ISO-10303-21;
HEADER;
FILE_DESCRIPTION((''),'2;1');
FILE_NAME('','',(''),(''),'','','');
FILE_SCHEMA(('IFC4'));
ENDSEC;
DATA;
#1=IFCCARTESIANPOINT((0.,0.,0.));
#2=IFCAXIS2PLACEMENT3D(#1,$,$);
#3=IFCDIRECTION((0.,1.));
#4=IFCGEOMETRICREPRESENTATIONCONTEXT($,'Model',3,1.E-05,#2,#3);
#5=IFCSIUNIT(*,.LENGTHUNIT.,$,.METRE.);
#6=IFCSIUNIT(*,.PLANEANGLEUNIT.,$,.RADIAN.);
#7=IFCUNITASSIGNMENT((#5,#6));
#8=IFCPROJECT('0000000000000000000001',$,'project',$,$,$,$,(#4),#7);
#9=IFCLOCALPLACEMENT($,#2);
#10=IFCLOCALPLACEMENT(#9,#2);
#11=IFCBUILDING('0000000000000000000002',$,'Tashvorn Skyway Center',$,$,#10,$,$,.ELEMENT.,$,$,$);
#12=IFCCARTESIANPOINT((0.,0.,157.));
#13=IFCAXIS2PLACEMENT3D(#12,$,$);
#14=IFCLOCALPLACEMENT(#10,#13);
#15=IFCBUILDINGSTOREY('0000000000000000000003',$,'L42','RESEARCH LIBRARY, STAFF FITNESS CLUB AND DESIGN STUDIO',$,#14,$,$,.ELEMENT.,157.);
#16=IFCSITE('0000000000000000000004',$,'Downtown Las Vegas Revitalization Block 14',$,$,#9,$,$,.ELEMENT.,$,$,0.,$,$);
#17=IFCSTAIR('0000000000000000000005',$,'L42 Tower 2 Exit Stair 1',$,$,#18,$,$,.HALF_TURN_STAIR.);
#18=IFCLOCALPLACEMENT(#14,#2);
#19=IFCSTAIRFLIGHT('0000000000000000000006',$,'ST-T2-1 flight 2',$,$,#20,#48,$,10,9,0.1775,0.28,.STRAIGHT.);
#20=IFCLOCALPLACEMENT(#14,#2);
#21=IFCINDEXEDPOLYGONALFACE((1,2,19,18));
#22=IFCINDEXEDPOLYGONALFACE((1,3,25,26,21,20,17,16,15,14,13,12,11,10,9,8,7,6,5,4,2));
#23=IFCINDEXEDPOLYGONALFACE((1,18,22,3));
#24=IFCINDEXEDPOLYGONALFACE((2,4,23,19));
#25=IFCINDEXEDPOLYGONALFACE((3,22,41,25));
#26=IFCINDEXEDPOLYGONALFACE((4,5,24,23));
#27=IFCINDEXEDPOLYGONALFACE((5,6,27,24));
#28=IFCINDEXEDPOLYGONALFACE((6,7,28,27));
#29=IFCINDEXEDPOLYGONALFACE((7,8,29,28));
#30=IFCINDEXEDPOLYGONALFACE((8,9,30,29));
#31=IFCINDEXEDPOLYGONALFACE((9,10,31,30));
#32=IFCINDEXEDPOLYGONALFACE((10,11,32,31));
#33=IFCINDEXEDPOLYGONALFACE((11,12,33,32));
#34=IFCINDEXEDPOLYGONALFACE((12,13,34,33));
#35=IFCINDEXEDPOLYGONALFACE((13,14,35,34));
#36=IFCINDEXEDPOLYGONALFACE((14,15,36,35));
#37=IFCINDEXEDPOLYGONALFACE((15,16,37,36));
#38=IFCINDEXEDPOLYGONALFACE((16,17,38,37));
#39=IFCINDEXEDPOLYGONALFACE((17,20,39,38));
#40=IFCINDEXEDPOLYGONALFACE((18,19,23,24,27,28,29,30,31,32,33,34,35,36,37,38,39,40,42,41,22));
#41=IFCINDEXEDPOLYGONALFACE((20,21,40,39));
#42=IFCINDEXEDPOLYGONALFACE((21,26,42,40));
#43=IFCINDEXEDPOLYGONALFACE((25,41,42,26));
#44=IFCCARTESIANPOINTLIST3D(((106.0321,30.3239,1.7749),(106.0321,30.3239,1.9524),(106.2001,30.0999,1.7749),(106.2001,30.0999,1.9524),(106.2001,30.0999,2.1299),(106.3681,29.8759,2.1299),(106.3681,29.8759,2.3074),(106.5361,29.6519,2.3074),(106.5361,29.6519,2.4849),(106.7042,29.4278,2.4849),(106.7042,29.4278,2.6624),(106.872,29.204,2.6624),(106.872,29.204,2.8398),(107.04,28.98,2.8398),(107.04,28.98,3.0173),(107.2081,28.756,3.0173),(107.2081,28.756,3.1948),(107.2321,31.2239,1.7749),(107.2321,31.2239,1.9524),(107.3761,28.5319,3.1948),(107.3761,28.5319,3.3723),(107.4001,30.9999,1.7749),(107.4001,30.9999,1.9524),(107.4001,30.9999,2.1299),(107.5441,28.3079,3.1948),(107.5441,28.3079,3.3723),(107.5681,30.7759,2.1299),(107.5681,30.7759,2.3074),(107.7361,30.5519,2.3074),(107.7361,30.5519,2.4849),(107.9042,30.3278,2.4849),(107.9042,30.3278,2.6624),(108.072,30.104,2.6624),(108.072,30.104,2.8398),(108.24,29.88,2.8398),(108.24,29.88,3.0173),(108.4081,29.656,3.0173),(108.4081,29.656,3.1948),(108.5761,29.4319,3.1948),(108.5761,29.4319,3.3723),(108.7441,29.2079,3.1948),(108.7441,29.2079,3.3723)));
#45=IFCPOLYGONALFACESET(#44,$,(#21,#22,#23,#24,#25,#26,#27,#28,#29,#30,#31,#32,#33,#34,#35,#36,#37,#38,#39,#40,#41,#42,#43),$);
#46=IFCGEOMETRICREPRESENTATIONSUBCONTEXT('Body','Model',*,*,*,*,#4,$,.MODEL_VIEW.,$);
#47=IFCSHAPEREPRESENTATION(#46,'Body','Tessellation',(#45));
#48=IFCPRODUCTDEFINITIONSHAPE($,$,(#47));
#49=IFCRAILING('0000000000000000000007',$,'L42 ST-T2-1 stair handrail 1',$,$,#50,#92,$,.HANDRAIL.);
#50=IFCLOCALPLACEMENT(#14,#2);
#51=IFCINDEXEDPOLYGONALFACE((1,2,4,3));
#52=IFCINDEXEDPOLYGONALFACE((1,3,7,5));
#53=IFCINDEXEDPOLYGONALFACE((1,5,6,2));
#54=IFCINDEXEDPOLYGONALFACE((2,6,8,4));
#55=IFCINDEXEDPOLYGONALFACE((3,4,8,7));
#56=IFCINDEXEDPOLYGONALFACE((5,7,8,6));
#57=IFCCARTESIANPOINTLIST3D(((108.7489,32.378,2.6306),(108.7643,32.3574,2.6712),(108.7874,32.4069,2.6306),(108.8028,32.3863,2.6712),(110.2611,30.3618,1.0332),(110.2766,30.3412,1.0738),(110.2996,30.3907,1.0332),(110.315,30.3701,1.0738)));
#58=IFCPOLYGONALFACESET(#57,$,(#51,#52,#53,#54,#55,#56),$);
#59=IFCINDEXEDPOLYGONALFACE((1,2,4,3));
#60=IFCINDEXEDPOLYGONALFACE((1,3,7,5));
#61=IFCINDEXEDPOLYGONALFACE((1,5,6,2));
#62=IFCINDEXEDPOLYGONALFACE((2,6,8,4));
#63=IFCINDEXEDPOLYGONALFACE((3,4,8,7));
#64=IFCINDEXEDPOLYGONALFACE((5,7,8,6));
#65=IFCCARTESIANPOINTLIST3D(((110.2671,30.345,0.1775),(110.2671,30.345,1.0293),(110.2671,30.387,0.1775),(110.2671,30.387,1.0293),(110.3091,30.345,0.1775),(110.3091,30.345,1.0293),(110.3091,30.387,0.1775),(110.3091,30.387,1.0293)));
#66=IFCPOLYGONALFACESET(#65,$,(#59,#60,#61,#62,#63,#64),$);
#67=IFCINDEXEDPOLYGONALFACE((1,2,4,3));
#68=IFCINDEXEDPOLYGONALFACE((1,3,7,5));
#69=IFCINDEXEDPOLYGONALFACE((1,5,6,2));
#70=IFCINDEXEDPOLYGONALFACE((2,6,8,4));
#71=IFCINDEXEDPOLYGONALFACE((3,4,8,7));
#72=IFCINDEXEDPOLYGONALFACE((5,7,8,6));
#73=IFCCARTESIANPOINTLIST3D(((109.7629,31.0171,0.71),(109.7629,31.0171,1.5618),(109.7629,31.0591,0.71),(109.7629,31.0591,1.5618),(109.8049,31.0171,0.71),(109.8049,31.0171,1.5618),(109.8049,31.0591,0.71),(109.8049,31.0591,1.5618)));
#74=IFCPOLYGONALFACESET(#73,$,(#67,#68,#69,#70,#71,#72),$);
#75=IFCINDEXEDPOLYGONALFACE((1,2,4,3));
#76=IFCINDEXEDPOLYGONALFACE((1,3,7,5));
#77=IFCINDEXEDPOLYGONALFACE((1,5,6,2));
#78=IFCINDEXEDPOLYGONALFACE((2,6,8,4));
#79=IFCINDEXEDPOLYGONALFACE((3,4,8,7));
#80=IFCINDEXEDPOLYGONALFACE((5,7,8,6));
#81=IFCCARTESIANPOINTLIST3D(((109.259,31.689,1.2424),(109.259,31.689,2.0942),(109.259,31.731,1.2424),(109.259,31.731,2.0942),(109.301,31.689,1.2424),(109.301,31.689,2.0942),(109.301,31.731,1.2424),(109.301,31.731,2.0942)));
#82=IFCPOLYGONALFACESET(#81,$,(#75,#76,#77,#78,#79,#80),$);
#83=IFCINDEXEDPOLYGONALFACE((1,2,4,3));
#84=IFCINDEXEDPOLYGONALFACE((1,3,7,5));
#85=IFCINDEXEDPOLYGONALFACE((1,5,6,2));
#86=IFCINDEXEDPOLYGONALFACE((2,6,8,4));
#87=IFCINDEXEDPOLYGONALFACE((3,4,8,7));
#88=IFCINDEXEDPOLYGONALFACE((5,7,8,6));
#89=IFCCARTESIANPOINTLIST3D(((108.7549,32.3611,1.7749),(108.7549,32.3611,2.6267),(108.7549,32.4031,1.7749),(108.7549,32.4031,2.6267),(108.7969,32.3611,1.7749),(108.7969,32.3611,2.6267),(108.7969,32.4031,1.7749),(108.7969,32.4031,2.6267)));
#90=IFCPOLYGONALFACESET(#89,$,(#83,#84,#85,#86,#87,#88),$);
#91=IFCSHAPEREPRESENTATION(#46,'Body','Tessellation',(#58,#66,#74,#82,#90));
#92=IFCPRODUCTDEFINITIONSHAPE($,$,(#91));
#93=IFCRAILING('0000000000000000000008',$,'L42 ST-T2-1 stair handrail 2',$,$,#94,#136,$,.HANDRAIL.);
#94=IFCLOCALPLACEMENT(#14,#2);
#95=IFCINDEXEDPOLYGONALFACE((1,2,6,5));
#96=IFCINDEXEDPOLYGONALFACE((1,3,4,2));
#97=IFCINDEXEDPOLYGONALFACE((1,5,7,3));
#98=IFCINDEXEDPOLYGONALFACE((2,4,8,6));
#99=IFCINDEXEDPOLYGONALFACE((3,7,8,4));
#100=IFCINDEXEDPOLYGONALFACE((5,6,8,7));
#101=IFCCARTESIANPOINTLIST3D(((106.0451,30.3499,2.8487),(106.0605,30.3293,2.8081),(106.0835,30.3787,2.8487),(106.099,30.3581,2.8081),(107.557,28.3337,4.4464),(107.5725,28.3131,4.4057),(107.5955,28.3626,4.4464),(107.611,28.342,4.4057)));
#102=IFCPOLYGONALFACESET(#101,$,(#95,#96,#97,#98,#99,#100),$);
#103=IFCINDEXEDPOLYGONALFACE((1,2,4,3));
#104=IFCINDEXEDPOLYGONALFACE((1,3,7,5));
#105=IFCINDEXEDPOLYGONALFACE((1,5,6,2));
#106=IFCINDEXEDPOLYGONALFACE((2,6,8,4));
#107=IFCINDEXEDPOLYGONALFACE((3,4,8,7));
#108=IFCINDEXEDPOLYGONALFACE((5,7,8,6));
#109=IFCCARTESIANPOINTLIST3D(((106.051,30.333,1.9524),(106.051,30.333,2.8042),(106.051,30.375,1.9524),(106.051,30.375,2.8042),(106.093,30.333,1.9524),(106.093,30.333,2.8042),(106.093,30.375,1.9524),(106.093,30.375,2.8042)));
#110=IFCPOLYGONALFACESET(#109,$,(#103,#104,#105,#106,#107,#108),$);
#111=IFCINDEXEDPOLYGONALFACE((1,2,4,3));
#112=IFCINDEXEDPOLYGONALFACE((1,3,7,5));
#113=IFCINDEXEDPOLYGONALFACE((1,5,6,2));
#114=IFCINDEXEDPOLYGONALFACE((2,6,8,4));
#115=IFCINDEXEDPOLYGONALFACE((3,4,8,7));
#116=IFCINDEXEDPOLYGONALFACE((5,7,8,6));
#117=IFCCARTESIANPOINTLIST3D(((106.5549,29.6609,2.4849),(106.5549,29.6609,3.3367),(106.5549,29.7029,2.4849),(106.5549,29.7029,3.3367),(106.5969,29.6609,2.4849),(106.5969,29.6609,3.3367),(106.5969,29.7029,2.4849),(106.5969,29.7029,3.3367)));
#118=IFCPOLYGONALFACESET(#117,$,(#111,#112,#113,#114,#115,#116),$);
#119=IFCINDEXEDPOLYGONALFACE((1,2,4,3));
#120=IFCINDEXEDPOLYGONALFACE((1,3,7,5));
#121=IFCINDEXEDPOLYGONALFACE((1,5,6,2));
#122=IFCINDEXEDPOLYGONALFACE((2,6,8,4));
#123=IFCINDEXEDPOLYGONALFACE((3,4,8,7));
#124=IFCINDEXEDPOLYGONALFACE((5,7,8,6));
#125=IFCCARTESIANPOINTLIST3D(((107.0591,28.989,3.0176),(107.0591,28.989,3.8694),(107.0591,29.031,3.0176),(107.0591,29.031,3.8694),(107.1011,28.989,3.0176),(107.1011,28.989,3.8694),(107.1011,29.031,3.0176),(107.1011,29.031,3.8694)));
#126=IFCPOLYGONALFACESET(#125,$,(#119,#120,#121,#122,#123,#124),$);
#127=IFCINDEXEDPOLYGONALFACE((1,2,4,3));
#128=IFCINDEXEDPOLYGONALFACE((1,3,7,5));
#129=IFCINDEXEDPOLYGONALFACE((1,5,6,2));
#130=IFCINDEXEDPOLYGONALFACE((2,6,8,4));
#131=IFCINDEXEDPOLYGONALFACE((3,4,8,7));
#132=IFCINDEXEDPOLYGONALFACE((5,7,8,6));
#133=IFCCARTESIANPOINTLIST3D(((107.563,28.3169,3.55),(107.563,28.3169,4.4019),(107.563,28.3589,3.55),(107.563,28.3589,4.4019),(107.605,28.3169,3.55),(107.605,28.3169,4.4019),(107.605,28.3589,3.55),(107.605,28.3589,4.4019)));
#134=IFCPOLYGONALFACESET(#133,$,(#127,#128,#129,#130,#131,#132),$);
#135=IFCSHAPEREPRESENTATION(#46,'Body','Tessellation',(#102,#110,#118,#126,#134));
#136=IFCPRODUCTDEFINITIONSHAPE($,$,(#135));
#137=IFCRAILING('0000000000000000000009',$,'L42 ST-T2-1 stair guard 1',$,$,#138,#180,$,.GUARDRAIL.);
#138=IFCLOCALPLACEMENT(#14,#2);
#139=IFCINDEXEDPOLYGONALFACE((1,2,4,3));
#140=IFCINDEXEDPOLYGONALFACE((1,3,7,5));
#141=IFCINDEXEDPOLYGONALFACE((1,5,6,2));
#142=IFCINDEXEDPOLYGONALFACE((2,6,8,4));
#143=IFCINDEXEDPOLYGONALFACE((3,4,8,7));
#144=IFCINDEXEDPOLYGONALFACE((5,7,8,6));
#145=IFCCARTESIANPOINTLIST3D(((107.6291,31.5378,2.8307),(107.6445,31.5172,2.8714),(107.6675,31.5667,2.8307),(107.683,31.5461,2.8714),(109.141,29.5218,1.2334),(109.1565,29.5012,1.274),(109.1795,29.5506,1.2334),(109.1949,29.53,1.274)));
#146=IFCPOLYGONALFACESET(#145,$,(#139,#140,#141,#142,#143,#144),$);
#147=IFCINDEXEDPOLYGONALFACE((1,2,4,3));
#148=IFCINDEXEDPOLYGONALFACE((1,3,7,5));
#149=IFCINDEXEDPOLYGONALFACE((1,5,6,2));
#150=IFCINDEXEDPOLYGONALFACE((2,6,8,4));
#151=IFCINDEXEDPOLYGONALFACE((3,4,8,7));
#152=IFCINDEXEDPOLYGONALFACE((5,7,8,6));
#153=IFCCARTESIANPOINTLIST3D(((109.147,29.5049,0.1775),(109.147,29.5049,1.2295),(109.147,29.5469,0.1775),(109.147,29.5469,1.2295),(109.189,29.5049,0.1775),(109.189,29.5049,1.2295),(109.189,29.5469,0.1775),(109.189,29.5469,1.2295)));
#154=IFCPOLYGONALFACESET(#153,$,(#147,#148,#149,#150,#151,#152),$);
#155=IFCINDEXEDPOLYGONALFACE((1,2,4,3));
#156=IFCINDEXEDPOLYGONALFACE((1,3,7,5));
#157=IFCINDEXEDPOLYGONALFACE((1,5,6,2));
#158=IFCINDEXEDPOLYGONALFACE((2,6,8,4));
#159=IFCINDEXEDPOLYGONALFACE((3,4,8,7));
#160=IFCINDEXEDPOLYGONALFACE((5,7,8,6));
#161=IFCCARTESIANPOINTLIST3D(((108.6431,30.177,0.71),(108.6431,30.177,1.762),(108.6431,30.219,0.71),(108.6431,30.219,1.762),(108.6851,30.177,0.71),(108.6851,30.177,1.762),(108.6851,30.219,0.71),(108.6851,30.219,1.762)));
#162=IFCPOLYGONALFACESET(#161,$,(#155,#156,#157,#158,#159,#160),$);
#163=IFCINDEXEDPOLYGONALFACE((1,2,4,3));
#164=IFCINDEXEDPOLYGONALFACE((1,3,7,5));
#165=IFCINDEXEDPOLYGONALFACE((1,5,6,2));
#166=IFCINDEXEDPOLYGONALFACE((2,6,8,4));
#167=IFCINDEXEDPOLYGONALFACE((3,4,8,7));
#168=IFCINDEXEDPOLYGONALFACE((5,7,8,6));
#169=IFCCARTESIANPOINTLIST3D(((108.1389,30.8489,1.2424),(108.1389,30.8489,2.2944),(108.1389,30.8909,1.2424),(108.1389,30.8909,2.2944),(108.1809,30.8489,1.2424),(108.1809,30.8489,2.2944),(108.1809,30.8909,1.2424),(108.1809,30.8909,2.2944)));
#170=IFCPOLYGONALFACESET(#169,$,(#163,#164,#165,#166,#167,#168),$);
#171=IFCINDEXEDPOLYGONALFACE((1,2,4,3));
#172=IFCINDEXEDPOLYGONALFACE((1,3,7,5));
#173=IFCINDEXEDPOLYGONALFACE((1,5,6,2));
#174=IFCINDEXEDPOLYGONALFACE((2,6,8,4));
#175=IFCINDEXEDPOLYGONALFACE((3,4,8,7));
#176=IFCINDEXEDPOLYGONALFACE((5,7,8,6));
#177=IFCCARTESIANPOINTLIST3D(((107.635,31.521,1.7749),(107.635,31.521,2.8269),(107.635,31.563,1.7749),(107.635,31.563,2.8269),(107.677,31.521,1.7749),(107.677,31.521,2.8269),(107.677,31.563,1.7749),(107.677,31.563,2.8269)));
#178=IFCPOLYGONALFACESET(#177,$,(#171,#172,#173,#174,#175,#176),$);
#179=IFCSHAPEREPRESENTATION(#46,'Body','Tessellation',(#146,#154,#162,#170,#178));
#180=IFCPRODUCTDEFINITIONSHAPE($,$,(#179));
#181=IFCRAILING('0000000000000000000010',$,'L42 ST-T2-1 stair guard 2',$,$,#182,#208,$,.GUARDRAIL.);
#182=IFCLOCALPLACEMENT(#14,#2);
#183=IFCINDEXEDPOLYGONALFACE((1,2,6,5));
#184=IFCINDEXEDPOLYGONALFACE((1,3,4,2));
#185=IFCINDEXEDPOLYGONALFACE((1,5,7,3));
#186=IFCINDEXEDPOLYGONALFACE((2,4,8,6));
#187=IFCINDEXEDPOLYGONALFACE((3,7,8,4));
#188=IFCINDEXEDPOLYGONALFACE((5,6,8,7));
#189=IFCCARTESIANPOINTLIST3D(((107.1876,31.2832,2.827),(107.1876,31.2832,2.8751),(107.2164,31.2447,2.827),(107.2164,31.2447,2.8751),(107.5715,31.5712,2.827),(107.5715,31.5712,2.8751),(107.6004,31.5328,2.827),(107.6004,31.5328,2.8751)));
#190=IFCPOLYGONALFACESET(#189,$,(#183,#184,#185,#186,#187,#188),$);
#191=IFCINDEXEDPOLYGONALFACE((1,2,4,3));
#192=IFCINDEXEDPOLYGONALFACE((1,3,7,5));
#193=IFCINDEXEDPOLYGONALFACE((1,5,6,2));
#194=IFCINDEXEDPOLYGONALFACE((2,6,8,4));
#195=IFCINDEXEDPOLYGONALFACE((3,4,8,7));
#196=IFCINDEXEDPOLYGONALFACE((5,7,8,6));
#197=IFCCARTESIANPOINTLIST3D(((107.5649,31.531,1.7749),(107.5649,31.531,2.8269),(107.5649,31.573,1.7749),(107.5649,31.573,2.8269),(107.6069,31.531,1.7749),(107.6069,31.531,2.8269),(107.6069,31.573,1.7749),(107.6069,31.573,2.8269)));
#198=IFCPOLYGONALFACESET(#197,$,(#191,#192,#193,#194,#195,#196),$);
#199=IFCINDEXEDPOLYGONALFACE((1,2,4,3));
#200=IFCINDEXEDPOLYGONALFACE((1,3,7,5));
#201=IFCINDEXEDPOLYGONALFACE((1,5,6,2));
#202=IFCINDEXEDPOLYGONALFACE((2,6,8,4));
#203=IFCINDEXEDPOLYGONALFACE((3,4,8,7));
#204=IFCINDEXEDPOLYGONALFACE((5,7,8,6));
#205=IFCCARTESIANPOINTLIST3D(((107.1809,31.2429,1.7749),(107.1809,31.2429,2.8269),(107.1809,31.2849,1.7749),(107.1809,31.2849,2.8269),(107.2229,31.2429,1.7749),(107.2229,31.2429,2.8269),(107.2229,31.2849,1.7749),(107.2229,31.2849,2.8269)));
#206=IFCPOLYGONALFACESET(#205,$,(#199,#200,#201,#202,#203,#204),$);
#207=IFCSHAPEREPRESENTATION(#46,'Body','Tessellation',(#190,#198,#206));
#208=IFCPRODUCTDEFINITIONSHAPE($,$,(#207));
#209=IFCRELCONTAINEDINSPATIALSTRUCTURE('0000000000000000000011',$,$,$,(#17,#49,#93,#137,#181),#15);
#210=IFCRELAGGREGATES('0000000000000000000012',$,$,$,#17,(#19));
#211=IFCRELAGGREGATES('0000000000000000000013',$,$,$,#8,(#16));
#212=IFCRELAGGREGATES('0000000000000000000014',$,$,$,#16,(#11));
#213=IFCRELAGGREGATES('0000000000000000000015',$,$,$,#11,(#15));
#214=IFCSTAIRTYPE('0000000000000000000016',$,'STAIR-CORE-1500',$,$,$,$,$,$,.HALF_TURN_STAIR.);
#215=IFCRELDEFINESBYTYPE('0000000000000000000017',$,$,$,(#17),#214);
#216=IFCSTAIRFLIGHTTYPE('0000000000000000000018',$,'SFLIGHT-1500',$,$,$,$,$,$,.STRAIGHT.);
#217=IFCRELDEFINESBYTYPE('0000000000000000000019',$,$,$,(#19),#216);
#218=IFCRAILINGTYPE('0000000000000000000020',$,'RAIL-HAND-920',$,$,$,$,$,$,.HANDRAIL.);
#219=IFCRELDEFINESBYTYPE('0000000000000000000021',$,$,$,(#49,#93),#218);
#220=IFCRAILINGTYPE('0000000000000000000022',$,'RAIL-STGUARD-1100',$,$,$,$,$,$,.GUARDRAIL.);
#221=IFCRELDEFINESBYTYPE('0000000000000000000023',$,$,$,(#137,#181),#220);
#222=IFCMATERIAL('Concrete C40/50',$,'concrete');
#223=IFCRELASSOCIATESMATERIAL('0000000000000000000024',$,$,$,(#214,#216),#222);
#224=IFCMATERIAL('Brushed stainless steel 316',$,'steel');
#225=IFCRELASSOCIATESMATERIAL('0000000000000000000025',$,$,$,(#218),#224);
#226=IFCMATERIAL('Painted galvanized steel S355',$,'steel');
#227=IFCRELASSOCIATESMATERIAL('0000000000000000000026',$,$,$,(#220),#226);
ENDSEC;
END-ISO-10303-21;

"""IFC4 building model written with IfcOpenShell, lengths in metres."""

from ifc_helpers import new_model, si_unit, direction, frame, origin, origin_2d, place, context, subcontext, project, spatial, polyline, rectangle, outline, extrude, material, type_object, element, aggregate, save


model = new_model("IFC4")

# Units and contexts
model_context = context("Model", 3, precision=1e-05, world=origin(), true_north=direction((0.0, 1.0)))
body_context = subcontext(model_context, "Body", "Model", "MODEL_VIEW")
ifc_project = project(units=[si_unit("LENGTHUNIT", "METRE"), si_unit("PLANEANGLEUNIT", "RADIAN")], contexts=[model_context])

# Site, building, storey
site_placement = place(None, origin())
site = spatial("IfcSite", under=ifc_project, at=site_placement, Name="Downtown Las Vegas Revitalization Block 14", CompositionType="ELEMENT", RefElevation=0.0)
building_placement = place(site_placement, origin())
building = spatial("IfcBuilding", under=site, at=building_placement, Name="Tashvorn Skyway Center", CompositionType="ELEMENT")
storey_placement = place(building_placement, frame((0.0, 0.0, 157.0)))
storey = spatial("IfcBuildingStorey", under=building, at=storey_placement, Name="L42", Description="RESEARCH LIBRARY, STAFF FITNESS CLUB AND DESIGN STUDIO", CompositionType="ELEMENT", Elevation=157.0)

# Shared definitions
ifc_material_1 = material(Name="Concrete C40/50", Category="concrete")

# Stair, stair flight
stair_type = type_object("IfcStairType", Name="STAIR-CORE-1500", PredefinedType="HALF_TURN_STAIR", material=ifc_material_1)
stair_placement = place(storey_placement, origin())
stair = element("IfcStair", 1, at=stair_placement, inside=storey, type_object=stair_type, Name="L42 Tower 2 Exit Stair 1", PredefinedType="HALF_TURN_STAIR")
stair_flight_type = type_object("IfcStairFlightType", Name="SFLIGHT-1500", PredefinedType="STRAIGHT", material=ifc_material_1)
stair_flight_1_placement = place(storey_placement, frame((106.6321, 30.7739, 1.7749), z_axis=(0.0, 0.0, 1.0), x_axis=(0.6, -0.8, 0.0)))
stair_flight_1 = element("IfcStairFlight", 2, at=stair_flight_1_placement, type_object=stair_flight_type, Name="ST-T2-1 flight 2", NumberOfRisers=10, NumberOfTreads=9, PredefinedType="STRAIGHT", RiserHeight=0.1775, TreadLength=0.28, context=body_context, shape_type="SweptSolid", body=[
    extrude(outline(polyline([(0.0, 0.0), (0.0, 0.1775), (0.28, 0.1775), (0.28, 0.355), (0.5601, 0.355), (0.5601, 0.5325), (0.8401, 0.5325), (0.8401, 0.71), (1.1201, 0.71), (1.1201, 0.8875), (1.3999, 0.8875), (1.3999, 1.0649), (1.6799, 1.0649), (1.6799, 1.2424), (1.96, 1.2424), (1.96, 1.4199), (2.24, 1.4199), (2.24, 1.5974), (2.52, 1.5974), (2.52, 1.7749), (2.52, 1.4199), (0.28, 0.0), (0.0, 0.0)])), frame((0.0, 0.75, 0.0), z_axis=(0.0, -1.0, 0.0), x_axis=(1.0, 0.0, 0.0)), (0.0, 0.0, 1.0), 1.5),
])
aggregate(stair, [stair_flight_1])

# Railings
ifc_material_2 = material(Name="Brushed stainless steel 316", Category="steel")
railing_type_1 = type_object("IfcRailingType", Name="RAIL-HAND-920", PredefinedType="HANDRAIL", material=ifc_material_2)
railing_1_placement = place(storey_placement, frame((110.2881, 30.366, 0.1775)))
element("IfcRailing", 3, at=railing_1_placement, inside=storey, type_object=railing_type_1, Name="L42 ST-T2-1 stair handrail 1", PredefinedType="HANDRAIL", context=body_context, shape_type="SweptSolid", body=[
    extrude(rectangle(XDim=0.0481, YDim=0.0481, at=origin_2d()), frame((0.0, 0.0, 0.876), z_axis=(-0.506802, 0.675681, 0.535357), x_axis=(-0.799977, -0.600031, 0.0)), (0.0, 0.0, 1.0), 2.9839),
    extrude(rectangle(XDim=0.042, YDim=0.042, at=origin_2d()), origin(), (0.0, 0.0, 1.0), 0.8518),
    extrude(rectangle(XDim=0.042, YDim=0.042, at=origin_2d()), frame((-0.5042, 0.6721, 0.5325)), (0.0, 0.0, 1.0), 0.8518),
    extrude(rectangle(XDim=0.042, YDim=0.042, at=origin_2d()), frame((-1.0081, 1.344, 1.0649)), (0.0, 0.0, 1.0), 0.8518),
    extrude(rectangle(XDim=0.042, YDim=0.042, at=origin_2d()), frame((-1.5122, 2.0161, 1.5974)), (0.0, 0.0, 1.0), 0.8518),
])
railing_2_placement = place(storey_placement, frame((106.072, 30.354, 1.9524)))
element("IfcRailing", 4, at=railing_2_placement, inside=storey, type_object=railing_type_1, Name="L42 ST-T2-1 stair handrail 2", PredefinedType="HANDRAIL", context=body_context, shape_type="SweptSolid", body=[
    extrude(rectangle(XDim=0.0481, YDim=0.0481, at=origin_2d()), frame((0.0, 0.0, 0.876), z_axis=(0.506719, -0.675679, 0.535438), x_axis=(0.800023, 0.599969, 0.0)), (0.0, 0.0, 1.0), 2.9839),
    extrude(rectangle(XDim=0.042, YDim=0.042, at=origin_2d()), origin(), (0.0, 0.0, 1.0), 0.8518),
    extrude(rectangle(XDim=0.042, YDim=0.042, at=origin_2d()), frame((0.5039, -0.6721, 0.5325)), (0.0, 0.0, 1.0), 0.8518),
    extrude(rectangle(XDim=0.042, YDim=0.042, at=origin_2d()), frame((1.0081, -1.344, 1.0652)), (0.0, 0.0, 1.0), 0.8518),
    extrude(rectangle(XDim=0.042, YDim=0.042, at=origin_2d()), frame((1.512, -2.0161, 1.5977)), (0.0, 0.0, 1.0), 0.8518),
])
ifc_material_3 = material(Name="Painted galvanized steel S355", Category="steel")
railing_type_2 = type_object("IfcRailingType", Name="RAIL-STGUARD-1100", PredefinedType="GUARDRAIL", material=ifc_material_3)
railing_3_placement = place(storey_placement, frame((109.168, 29.5259, 0.1775)))
element("IfcRailing", 5, at=railing_3_placement, inside=storey, type_object=railing_type_2, Name="L42 ST-T2-1 stair guard 1", PredefinedType="GUARDRAIL", context=body_context, shape_type="SweptSolid", body=[
    extrude(rectangle(XDim=0.0481, YDim=0.0481, at=origin_2d()), frame((0.0, 0.0, 1.0762), z_axis=(-0.506741, 0.675709, 0.535379), x_axis=(-0.800023, -0.599969, 0.0)), (0.0, 0.0, 1.0), 2.9836),
    extrude(rectangle(XDim=0.042, YDim=0.042, at=origin_2d()), origin(), (0.0, 0.0, 1.0), 1.052),
    extrude(rectangle(XDim=0.042, YDim=0.042, at=origin_2d()), frame((-0.5039, 0.6721, 0.5325)), (0.0, 0.0, 1.0), 1.052),
    extrude(rectangle(XDim=0.042, YDim=0.042, at=origin_2d()), frame((-1.0081, 1.344, 1.0649)), (0.0, 0.0, 1.0), 1.052),
    extrude(rectangle(XDim=0.042, YDim=0.042, at=origin_2d()), frame((-1.512, 2.0161, 1.5974)), (0.0, 0.0, 1.0), 1.052),
])
railing_4_placement = place(storey_placement, frame((107.5859, 31.552, 1.7749)))
element("IfcRailing", 6, at=railing_4_placement, inside=storey, type_object=railing_type_2, Name="L42 ST-T2-1 stair guard 2", PredefinedType="GUARDRAIL", context=body_context, shape_type="SweptSolid", body=[
    extrude(rectangle(XDim=0.0481, YDim=0.0481, at=origin_2d()), frame((0.0, 0.0, 1.0762), z_axis=(-0.799939, -0.600081, 0.0), x_axis=(0.600081, -0.799939, 0.0)), (0.0, 0.0, 1.0), 0.48),
    extrude(rectangle(XDim=0.042, YDim=0.042, at=origin_2d()), origin(), (0.0, 0.0, 1.0), 1.052),
    extrude(rectangle(XDim=0.042, YDim=0.042, at=origin_2d()), frame((-0.384, -0.2881, 0.0)), (0.0, 0.0, 1.0), 1.052),
])

save(model, "model.ifc")
